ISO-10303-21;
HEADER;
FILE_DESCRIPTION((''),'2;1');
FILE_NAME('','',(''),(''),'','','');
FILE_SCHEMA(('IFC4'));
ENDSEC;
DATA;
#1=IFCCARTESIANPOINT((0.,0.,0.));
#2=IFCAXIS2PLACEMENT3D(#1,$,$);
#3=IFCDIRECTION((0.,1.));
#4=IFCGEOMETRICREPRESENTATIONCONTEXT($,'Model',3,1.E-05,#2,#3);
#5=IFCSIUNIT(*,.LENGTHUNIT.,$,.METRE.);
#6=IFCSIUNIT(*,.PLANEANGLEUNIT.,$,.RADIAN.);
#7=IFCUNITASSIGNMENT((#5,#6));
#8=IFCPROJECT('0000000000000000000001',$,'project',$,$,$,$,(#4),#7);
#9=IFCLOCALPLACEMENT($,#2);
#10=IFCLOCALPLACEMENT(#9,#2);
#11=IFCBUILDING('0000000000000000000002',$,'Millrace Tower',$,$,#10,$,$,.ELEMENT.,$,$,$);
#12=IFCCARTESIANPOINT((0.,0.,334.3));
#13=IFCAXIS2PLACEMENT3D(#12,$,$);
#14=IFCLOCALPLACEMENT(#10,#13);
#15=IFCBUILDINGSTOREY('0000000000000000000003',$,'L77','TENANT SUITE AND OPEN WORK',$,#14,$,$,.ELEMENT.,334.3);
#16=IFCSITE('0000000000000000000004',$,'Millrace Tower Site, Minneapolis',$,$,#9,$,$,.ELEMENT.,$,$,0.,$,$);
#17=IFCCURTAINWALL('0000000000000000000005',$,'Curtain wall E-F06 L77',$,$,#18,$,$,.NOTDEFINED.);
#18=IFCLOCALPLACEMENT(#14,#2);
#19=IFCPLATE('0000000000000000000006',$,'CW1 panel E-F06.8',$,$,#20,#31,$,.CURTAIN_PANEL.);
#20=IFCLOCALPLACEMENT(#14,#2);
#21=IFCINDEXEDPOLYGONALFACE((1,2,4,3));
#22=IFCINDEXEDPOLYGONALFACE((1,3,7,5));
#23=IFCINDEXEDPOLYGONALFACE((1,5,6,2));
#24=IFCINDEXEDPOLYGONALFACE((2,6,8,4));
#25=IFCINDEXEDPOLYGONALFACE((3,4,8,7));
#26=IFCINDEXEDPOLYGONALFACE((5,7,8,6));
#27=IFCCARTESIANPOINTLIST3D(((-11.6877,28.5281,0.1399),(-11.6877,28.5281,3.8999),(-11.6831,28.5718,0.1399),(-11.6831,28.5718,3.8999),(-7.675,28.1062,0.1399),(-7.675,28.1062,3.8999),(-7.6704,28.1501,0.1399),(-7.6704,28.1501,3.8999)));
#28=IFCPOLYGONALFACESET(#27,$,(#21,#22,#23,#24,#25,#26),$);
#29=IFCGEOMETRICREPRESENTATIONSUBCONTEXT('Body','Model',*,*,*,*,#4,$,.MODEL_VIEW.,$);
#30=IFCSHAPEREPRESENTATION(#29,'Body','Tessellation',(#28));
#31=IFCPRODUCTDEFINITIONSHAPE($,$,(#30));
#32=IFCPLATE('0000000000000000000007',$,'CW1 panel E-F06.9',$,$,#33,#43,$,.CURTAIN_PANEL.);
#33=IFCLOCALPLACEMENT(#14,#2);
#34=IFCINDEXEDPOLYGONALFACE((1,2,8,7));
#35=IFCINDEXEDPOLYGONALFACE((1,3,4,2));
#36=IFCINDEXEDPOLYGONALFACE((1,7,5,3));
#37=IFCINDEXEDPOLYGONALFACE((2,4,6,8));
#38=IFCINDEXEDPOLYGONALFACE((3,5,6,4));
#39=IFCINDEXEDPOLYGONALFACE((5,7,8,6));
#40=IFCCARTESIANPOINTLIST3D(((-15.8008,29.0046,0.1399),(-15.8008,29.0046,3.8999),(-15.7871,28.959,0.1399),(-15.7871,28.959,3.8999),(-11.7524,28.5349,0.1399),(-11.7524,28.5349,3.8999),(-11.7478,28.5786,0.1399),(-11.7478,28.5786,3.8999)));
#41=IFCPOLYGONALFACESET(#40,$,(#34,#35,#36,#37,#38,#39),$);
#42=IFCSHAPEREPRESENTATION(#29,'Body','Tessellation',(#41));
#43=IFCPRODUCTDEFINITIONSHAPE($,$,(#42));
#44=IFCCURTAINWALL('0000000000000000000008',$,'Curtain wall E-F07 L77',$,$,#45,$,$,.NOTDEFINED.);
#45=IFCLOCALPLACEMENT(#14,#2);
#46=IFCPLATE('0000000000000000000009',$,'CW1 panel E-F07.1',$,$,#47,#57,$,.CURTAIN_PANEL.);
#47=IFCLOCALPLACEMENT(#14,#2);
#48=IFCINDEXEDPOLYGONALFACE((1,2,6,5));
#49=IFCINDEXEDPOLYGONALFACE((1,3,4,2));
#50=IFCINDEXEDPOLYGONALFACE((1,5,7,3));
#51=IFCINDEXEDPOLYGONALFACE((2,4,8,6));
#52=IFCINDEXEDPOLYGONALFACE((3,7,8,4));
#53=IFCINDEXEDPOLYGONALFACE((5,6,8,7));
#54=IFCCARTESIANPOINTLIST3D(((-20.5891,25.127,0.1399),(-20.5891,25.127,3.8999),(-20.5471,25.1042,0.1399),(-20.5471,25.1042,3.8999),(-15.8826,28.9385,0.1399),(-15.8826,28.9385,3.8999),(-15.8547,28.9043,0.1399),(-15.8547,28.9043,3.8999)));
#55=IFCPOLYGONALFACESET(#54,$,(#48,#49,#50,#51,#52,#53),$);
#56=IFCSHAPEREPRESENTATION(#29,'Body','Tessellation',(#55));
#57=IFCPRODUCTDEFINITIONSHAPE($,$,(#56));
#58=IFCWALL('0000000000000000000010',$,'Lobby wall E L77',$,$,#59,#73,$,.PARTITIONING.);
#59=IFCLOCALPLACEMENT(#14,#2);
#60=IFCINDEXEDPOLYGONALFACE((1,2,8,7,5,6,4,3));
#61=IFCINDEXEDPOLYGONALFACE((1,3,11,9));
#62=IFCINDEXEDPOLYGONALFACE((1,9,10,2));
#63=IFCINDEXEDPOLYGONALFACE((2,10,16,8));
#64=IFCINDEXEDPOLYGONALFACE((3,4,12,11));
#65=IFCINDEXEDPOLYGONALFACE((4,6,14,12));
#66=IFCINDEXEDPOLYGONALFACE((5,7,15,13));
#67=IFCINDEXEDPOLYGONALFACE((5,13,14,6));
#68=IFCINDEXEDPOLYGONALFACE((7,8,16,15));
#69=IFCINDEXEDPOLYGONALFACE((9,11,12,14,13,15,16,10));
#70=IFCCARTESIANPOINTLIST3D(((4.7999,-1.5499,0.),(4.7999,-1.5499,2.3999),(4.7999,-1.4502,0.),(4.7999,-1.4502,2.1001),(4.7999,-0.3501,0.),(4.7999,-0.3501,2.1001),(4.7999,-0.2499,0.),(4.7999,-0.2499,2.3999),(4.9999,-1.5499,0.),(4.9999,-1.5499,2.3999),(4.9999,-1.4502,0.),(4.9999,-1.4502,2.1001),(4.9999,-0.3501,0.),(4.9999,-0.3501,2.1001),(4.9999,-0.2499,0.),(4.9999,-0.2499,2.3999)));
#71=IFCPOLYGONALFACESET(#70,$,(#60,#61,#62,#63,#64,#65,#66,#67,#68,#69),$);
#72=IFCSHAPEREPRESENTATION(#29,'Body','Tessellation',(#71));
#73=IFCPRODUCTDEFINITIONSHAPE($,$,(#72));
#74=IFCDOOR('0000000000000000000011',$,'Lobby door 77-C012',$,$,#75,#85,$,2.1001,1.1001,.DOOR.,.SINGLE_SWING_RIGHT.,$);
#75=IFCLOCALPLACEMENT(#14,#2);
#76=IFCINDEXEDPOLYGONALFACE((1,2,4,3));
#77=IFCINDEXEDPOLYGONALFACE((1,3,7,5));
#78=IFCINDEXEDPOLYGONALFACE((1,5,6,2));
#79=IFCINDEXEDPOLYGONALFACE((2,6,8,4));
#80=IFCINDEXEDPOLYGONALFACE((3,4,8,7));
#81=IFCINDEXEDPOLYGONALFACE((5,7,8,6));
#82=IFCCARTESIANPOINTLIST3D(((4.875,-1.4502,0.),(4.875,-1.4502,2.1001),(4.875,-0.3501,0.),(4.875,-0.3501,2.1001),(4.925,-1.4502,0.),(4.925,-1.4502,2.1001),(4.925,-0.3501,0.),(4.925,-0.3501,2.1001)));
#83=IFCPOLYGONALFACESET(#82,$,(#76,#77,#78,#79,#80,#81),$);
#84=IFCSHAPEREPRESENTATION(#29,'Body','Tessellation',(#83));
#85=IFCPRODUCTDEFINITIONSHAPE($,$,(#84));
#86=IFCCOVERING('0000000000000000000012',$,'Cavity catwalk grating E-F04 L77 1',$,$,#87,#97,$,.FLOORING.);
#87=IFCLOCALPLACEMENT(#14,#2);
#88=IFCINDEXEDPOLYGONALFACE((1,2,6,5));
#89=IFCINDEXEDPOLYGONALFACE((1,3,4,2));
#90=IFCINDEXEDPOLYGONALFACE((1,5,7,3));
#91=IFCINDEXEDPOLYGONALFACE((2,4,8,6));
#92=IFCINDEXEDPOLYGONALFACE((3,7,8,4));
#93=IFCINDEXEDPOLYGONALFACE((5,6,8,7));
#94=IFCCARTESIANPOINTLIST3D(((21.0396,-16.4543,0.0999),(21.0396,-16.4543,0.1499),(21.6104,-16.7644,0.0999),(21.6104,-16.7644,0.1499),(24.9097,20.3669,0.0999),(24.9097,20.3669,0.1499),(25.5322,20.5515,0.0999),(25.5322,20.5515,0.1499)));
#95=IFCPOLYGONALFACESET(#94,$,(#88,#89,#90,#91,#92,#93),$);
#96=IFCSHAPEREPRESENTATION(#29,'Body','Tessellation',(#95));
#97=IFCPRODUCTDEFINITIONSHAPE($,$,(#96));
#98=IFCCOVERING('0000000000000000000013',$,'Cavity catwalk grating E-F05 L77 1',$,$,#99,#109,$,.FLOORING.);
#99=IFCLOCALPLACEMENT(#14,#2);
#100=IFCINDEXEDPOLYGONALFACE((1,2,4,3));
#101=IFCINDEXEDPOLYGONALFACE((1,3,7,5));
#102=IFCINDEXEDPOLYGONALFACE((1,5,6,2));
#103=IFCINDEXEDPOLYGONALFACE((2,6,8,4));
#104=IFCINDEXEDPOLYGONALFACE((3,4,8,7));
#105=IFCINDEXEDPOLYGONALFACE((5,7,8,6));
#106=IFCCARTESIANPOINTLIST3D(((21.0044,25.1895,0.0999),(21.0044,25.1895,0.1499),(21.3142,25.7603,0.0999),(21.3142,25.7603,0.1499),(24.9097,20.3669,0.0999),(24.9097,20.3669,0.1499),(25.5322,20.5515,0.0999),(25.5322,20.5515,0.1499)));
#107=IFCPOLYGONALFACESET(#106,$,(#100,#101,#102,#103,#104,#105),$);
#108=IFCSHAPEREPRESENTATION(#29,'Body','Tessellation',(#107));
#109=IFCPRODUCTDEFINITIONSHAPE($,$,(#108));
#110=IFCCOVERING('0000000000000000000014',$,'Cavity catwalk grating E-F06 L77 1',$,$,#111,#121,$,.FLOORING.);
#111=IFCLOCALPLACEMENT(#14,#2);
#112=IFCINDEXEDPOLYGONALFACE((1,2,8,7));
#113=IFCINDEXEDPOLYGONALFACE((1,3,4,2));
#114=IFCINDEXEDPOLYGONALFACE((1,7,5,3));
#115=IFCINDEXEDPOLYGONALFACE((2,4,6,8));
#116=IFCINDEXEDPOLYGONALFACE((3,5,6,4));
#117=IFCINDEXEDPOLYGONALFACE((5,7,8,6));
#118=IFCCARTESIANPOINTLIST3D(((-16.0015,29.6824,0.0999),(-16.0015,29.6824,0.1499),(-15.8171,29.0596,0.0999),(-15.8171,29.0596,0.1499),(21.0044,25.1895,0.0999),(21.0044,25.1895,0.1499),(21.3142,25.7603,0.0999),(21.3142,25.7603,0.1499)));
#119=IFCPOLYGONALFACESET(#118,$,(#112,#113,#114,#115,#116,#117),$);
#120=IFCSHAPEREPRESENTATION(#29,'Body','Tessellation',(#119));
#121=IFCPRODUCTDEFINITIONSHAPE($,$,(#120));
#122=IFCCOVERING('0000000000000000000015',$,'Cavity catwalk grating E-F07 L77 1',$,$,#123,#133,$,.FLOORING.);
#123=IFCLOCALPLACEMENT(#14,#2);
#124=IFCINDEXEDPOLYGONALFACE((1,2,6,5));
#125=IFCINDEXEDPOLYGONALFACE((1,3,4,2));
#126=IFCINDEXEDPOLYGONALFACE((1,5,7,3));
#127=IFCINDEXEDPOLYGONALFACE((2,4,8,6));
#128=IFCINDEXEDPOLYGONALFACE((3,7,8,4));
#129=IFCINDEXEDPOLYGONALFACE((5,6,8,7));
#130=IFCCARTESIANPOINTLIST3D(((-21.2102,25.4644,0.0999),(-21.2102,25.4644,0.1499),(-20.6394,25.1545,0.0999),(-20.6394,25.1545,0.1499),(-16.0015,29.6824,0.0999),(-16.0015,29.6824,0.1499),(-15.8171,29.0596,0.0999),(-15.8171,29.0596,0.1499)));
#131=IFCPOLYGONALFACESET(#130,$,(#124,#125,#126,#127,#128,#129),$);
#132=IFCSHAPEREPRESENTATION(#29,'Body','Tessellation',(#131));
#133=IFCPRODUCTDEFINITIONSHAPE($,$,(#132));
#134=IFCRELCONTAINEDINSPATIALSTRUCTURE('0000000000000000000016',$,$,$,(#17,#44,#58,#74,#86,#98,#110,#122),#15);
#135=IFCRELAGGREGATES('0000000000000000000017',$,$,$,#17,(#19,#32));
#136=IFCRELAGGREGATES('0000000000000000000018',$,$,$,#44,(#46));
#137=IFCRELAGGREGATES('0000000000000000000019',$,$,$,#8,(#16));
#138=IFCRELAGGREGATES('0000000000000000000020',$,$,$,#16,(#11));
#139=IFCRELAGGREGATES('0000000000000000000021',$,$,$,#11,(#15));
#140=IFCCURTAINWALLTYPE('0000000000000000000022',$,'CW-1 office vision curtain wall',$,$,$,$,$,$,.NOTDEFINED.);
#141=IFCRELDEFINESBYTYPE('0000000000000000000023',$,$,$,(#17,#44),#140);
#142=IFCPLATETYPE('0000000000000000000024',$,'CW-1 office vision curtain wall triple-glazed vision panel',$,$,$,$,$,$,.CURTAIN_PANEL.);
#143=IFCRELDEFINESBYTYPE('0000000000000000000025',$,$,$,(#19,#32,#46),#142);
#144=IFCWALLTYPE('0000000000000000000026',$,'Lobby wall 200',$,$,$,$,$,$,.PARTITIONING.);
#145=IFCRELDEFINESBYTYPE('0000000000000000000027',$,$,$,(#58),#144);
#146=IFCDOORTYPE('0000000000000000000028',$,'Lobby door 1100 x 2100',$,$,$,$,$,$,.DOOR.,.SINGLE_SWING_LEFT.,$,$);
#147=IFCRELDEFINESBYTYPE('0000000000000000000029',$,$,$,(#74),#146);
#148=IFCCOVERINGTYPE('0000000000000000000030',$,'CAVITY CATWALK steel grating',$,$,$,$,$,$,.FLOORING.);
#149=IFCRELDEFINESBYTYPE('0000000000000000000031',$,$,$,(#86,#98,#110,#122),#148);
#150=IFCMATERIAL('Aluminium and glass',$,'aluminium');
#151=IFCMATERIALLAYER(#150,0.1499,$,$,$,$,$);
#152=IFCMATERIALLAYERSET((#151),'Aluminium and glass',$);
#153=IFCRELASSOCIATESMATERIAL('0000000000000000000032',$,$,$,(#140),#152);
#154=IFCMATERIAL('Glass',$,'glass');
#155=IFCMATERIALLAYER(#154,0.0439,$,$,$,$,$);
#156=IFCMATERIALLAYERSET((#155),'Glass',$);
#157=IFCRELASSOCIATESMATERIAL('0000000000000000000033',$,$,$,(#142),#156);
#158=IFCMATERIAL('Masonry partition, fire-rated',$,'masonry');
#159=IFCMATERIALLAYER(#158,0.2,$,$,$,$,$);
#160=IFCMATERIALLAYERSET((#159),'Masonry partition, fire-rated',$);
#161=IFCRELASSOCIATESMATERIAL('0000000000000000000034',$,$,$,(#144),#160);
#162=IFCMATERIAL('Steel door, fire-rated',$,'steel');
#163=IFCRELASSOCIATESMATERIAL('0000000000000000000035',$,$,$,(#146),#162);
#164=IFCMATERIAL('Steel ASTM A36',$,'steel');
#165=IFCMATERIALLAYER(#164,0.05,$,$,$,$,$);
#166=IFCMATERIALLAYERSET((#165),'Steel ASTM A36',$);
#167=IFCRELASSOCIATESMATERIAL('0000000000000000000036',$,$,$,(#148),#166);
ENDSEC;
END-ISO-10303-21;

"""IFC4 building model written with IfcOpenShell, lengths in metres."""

from ifc_helpers import new_model, si_unit, direction, frame, frame_2d, origin, place, context, subcontext, project, spatial, polyline, rectangle, outline, extrude, material, layer, layer_set, type_object, element, fill, aggregate, save


model = new_model("IFC4")

# Units and contexts
model_context = context("Model", 3, precision=1e-05, world=origin(), true_north=direction((0.0, 1.0)))
body_context = subcontext(model_context, "Body", "Model", "MODEL_VIEW")
ifc_project = project(units=[si_unit("LENGTHUNIT", "METRE"), si_unit("PLANEANGLEUNIT", "RADIAN")], contexts=[model_context])

# Site, building, storey
site_placement = place(None, origin())
site = spatial("IfcSite", under=ifc_project, at=site_placement, Name="Millrace Tower Site, Minneapolis", CompositionType="ELEMENT", RefElevation=0.0)
building_placement = place(site_placement, origin())
building = spatial("IfcBuilding", under=site, at=building_placement, Name="Millrace Tower", CompositionType="ELEMENT")
storey_placement = place(building_placement, frame((0.0, 0.0, 334.3)))
storey = spatial("IfcBuildingStorey", under=building, at=storey_placement, Name="L77", Description="TENANT SUITE AND OPEN WORK", CompositionType="ELEMENT", Elevation=334.3)

# Shared definitions
ifc_material_1 = material(Name="Aluminium and glass", Category="aluminium")
ifc_layer_1 = layer(ifc_material_1, 0.1499)
ifc_layer_set_1 = layer_set([ifc_layer_1], Name="Aluminium and glass")
curtain_wall_type = type_object("IfcCurtainWallType", Name="CW-1 office vision curtain wall", PredefinedType="NOTDEFINED", material=ifc_layer_set_1)
placement_1 = place(storey_placement, origin())
ifc_material_2 = material(Name="Glass", Category="glass")
ifc_layer_2 = layer(ifc_material_2, 0.0439)
ifc_layer_set_2 = layer_set([ifc_layer_2], Name="Glass")
plate_type = type_object("IfcPlateType", Name="CW-1 office vision curtain wall triple-glazed vision panel", PredefinedType="CURTAIN_PANEL", material=ifc_layer_set_2)
placement_2 = place(storey_placement, frame((0.0, 0.0, 0.1399)))

# Curtain wall, plates
curtain_wall_1 = element("IfcCurtainWall", 1, at=placement_1, inside=storey, type_object=curtain_wall_type, Name="Curtain wall E-F06 L77", PredefinedType="NOTDEFINED")
plate_1 = element("IfcPlate", 2, at=placement_2, type_object=plate_type, Name="CW1 panel E-F06.8", PredefinedType="CURTAIN_PANEL", context=body_context, shape_type="SweptSolid", body=[
    extrude(outline(polyline([(-7.6704, 28.1501), (-11.6831, 28.5718), (-11.6877, 28.5281), (-7.675, 28.1062), (-7.6704, 28.1501)])), origin(), (0.0, 0.0, 1.0), 3.76),
])
plate_2 = element("IfcPlate", 3, at=placement_2, type_object=plate_type, Name="CW1 panel E-F06.9", PredefinedType="CURTAIN_PANEL", context=body_context, shape_type="SweptSolid", body=[
    extrude(outline(polyline([(-11.7478, 28.5786), (-15.8008, 29.0046), (-15.7871, 28.959), (-11.7524, 28.5349), (-11.7478, 28.5786)])), origin(), (0.0, 0.0, 1.0), 3.76),
])
aggregate(curtain_wall_1, [plate_1, plate_2])

# Curtain wall, plate
curtain_wall_2 = element("IfcCurtainWall", 4, at=placement_1, inside=storey, type_object=curtain_wall_type, Name="Curtain wall E-F07 L77", PredefinedType="NOTDEFINED")
plate_3 = element("IfcPlate", 5, at=placement_2, type_object=plate_type, Name="CW1 panel E-F07.1", PredefinedType="CURTAIN_PANEL", context=body_context, shape_type="SweptSolid", body=[
    extrude(outline(polyline([(-15.8826, 28.9385), (-20.5891, 25.127), (-20.5471, 25.1042), (-15.8547, 28.9043), (-15.8826, 28.9385)])), origin(), (0.0, 0.0, 1.0), 3.76),
])
aggregate(curtain_wall_2, [plate_3])

# Wall, opening, door
ifc_material_3 = material(Name="Masonry partition, fire-rated", Category="masonry")
ifc_layer_3 = layer(ifc_material_3, 0.2)
ifc_layer_set_3 = layer_set([ifc_layer_3], Name="Masonry partition, fire-rated")
wall_type = type_object("IfcWallType", Name="Lobby wall 200", PredefinedType="PARTITIONING", material=ifc_layer_set_3)
wall_placement = place(storey_placement, frame((4.8999, -0.25, 0.0), z_axis=(0.0, 0.0, 1.0), x_axis=(0.0, -1.0, 0.0)))
wall = element("IfcWall", 6, at=wall_placement, inside=storey, type_object=wall_type, Name="Lobby wall E L77", PredefinedType="PARTITIONING", context=body_context, shape_type="SweptSolid", body=[
    extrude(rectangle(XDim=1.3, YDim=0.2, at=frame_2d((0.6499, 0.0))), origin(), (0.0, 0.0, 1.0), 2.3999),
])
opening_placement = place(wall_placement, frame((0.1001, 0.0, 0.0)))
opening = element("IfcOpeningElement", 7, at=opening_placement, cuts=wall, PredefinedType="OPENING", context=body_context, shape_type="SweptSolid", body=[
    extrude(rectangle(XDim=1.1001, YDim=2.1001, at=frame_2d((0.55, 1.05))), frame((0.0, 0.1099, 0.0), z_axis=(0.0, -1.0, 0.0), x_axis=(1.0, 0.0, 0.0)), (0.0, 0.0, 1.0), 0.22),
])
ifc_material_4 = material(Name="Steel door, fire-rated", Category="steel")
door_type = type_object("IfcDoorType", Name="Lobby door 1100 x 2100", OperationType="SINGLE_SWING_LEFT", PredefinedType="DOOR", material=ifc_material_4)
door_placement = place(opening_placement, frame((1.1001, 0.0, 0.0), z_axis=(0.0, 0.0, 1.0), x_axis=(-1.0, 0.0, 0.0)))
door = element("IfcDoor", 8, at=door_placement, inside=storey, type_object=door_type, Name="Lobby door 77-C012", OperationType="SINGLE_SWING_RIGHT", OverallHeight=2.1001, OverallWidth=1.1001, PredefinedType="DOOR", context=body_context, shape_type="SweptSolid", body=[
    extrude(rectangle(XDim=1.1001, YDim=2.1001, at=frame_2d((0.55, 1.05))), frame((0.0, 0.0249, 0.0), z_axis=(0.0, -1.0, 0.0), x_axis=(1.0, 0.0, 0.0)), (0.0, 0.0, 1.0), 0.05),
])
fill(opening, door)

# Coverings
ifc_material_5 = material(Name="Steel ASTM A36", Category="steel")
ifc_layer_4 = layer(ifc_material_5, 0.05)
ifc_layer_set_4 = layer_set([ifc_layer_4], Name="Steel ASTM A36")
covering_type = type_object("IfcCoveringType", Name="CAVITY CATWALK steel grating", PredefinedType="FLOORING", material=ifc_layer_set_4)
placement_3 = place(storey_placement, frame((0.0, 0.0, 0.0999)))
element("IfcCovering", 9, at=placement_3, inside=storey, type_object=covering_type, Name="Cavity catwalk grating E-F04 L77 1", PredefinedType="FLOORING", context=body_context, shape_type="SweptSolid", body=[
    extrude(outline(polyline([(21.6104, -16.7644), (25.5322, 20.5515), (24.9097, 20.3669), (21.0396, -16.4543), (21.6104, -16.7644)])), origin(), (0.0, 0.0, 1.0), 0.05),
])
element("IfcCovering", 10, at=placement_3, inside=storey, type_object=covering_type, Name="Cavity catwalk grating E-F05 L77 1", PredefinedType="FLOORING", context=body_context, shape_type="SweptSolid", body=[
    extrude(outline(polyline([(25.5322, 20.5515), (21.3142, 25.7603), (21.0044, 25.1895), (24.9097, 20.3669), (25.5322, 20.5515)])), origin(), (0.0, 0.0, 1.0), 0.05),
])
element("IfcCovering", 11, at=placement_3, inside=storey, type_object=covering_type, Name="Cavity catwalk grating E-F06 L77 1", PredefinedType="FLOORING", context=body_context, shape_type="SweptSolid", body=[
    extrude(outline(polyline([(21.3142, 25.7603), (-16.0015, 29.6824), (-15.8171, 29.0596), (21.0044, 25.1895), (21.3142, 25.7603)])), origin(), (0.0, 0.0, 1.0), 0.05),
])
element("IfcCovering", 12, at=placement_3, inside=storey, type_object=covering_type, Name="Cavity catwalk grating E-F07 L77 1", PredefinedType="FLOORING", context=body_context, shape_type="SweptSolid", body=[
    extrude(outline(polyline([(-16.0015, 29.6824), (-21.2102, 25.4644), (-20.6394, 25.1545), (-15.8171, 29.0596), (-16.0015, 29.6824)])), origin(), (0.0, 0.0, 1.0), 0.05),
])

save(model, "model.ifc")
